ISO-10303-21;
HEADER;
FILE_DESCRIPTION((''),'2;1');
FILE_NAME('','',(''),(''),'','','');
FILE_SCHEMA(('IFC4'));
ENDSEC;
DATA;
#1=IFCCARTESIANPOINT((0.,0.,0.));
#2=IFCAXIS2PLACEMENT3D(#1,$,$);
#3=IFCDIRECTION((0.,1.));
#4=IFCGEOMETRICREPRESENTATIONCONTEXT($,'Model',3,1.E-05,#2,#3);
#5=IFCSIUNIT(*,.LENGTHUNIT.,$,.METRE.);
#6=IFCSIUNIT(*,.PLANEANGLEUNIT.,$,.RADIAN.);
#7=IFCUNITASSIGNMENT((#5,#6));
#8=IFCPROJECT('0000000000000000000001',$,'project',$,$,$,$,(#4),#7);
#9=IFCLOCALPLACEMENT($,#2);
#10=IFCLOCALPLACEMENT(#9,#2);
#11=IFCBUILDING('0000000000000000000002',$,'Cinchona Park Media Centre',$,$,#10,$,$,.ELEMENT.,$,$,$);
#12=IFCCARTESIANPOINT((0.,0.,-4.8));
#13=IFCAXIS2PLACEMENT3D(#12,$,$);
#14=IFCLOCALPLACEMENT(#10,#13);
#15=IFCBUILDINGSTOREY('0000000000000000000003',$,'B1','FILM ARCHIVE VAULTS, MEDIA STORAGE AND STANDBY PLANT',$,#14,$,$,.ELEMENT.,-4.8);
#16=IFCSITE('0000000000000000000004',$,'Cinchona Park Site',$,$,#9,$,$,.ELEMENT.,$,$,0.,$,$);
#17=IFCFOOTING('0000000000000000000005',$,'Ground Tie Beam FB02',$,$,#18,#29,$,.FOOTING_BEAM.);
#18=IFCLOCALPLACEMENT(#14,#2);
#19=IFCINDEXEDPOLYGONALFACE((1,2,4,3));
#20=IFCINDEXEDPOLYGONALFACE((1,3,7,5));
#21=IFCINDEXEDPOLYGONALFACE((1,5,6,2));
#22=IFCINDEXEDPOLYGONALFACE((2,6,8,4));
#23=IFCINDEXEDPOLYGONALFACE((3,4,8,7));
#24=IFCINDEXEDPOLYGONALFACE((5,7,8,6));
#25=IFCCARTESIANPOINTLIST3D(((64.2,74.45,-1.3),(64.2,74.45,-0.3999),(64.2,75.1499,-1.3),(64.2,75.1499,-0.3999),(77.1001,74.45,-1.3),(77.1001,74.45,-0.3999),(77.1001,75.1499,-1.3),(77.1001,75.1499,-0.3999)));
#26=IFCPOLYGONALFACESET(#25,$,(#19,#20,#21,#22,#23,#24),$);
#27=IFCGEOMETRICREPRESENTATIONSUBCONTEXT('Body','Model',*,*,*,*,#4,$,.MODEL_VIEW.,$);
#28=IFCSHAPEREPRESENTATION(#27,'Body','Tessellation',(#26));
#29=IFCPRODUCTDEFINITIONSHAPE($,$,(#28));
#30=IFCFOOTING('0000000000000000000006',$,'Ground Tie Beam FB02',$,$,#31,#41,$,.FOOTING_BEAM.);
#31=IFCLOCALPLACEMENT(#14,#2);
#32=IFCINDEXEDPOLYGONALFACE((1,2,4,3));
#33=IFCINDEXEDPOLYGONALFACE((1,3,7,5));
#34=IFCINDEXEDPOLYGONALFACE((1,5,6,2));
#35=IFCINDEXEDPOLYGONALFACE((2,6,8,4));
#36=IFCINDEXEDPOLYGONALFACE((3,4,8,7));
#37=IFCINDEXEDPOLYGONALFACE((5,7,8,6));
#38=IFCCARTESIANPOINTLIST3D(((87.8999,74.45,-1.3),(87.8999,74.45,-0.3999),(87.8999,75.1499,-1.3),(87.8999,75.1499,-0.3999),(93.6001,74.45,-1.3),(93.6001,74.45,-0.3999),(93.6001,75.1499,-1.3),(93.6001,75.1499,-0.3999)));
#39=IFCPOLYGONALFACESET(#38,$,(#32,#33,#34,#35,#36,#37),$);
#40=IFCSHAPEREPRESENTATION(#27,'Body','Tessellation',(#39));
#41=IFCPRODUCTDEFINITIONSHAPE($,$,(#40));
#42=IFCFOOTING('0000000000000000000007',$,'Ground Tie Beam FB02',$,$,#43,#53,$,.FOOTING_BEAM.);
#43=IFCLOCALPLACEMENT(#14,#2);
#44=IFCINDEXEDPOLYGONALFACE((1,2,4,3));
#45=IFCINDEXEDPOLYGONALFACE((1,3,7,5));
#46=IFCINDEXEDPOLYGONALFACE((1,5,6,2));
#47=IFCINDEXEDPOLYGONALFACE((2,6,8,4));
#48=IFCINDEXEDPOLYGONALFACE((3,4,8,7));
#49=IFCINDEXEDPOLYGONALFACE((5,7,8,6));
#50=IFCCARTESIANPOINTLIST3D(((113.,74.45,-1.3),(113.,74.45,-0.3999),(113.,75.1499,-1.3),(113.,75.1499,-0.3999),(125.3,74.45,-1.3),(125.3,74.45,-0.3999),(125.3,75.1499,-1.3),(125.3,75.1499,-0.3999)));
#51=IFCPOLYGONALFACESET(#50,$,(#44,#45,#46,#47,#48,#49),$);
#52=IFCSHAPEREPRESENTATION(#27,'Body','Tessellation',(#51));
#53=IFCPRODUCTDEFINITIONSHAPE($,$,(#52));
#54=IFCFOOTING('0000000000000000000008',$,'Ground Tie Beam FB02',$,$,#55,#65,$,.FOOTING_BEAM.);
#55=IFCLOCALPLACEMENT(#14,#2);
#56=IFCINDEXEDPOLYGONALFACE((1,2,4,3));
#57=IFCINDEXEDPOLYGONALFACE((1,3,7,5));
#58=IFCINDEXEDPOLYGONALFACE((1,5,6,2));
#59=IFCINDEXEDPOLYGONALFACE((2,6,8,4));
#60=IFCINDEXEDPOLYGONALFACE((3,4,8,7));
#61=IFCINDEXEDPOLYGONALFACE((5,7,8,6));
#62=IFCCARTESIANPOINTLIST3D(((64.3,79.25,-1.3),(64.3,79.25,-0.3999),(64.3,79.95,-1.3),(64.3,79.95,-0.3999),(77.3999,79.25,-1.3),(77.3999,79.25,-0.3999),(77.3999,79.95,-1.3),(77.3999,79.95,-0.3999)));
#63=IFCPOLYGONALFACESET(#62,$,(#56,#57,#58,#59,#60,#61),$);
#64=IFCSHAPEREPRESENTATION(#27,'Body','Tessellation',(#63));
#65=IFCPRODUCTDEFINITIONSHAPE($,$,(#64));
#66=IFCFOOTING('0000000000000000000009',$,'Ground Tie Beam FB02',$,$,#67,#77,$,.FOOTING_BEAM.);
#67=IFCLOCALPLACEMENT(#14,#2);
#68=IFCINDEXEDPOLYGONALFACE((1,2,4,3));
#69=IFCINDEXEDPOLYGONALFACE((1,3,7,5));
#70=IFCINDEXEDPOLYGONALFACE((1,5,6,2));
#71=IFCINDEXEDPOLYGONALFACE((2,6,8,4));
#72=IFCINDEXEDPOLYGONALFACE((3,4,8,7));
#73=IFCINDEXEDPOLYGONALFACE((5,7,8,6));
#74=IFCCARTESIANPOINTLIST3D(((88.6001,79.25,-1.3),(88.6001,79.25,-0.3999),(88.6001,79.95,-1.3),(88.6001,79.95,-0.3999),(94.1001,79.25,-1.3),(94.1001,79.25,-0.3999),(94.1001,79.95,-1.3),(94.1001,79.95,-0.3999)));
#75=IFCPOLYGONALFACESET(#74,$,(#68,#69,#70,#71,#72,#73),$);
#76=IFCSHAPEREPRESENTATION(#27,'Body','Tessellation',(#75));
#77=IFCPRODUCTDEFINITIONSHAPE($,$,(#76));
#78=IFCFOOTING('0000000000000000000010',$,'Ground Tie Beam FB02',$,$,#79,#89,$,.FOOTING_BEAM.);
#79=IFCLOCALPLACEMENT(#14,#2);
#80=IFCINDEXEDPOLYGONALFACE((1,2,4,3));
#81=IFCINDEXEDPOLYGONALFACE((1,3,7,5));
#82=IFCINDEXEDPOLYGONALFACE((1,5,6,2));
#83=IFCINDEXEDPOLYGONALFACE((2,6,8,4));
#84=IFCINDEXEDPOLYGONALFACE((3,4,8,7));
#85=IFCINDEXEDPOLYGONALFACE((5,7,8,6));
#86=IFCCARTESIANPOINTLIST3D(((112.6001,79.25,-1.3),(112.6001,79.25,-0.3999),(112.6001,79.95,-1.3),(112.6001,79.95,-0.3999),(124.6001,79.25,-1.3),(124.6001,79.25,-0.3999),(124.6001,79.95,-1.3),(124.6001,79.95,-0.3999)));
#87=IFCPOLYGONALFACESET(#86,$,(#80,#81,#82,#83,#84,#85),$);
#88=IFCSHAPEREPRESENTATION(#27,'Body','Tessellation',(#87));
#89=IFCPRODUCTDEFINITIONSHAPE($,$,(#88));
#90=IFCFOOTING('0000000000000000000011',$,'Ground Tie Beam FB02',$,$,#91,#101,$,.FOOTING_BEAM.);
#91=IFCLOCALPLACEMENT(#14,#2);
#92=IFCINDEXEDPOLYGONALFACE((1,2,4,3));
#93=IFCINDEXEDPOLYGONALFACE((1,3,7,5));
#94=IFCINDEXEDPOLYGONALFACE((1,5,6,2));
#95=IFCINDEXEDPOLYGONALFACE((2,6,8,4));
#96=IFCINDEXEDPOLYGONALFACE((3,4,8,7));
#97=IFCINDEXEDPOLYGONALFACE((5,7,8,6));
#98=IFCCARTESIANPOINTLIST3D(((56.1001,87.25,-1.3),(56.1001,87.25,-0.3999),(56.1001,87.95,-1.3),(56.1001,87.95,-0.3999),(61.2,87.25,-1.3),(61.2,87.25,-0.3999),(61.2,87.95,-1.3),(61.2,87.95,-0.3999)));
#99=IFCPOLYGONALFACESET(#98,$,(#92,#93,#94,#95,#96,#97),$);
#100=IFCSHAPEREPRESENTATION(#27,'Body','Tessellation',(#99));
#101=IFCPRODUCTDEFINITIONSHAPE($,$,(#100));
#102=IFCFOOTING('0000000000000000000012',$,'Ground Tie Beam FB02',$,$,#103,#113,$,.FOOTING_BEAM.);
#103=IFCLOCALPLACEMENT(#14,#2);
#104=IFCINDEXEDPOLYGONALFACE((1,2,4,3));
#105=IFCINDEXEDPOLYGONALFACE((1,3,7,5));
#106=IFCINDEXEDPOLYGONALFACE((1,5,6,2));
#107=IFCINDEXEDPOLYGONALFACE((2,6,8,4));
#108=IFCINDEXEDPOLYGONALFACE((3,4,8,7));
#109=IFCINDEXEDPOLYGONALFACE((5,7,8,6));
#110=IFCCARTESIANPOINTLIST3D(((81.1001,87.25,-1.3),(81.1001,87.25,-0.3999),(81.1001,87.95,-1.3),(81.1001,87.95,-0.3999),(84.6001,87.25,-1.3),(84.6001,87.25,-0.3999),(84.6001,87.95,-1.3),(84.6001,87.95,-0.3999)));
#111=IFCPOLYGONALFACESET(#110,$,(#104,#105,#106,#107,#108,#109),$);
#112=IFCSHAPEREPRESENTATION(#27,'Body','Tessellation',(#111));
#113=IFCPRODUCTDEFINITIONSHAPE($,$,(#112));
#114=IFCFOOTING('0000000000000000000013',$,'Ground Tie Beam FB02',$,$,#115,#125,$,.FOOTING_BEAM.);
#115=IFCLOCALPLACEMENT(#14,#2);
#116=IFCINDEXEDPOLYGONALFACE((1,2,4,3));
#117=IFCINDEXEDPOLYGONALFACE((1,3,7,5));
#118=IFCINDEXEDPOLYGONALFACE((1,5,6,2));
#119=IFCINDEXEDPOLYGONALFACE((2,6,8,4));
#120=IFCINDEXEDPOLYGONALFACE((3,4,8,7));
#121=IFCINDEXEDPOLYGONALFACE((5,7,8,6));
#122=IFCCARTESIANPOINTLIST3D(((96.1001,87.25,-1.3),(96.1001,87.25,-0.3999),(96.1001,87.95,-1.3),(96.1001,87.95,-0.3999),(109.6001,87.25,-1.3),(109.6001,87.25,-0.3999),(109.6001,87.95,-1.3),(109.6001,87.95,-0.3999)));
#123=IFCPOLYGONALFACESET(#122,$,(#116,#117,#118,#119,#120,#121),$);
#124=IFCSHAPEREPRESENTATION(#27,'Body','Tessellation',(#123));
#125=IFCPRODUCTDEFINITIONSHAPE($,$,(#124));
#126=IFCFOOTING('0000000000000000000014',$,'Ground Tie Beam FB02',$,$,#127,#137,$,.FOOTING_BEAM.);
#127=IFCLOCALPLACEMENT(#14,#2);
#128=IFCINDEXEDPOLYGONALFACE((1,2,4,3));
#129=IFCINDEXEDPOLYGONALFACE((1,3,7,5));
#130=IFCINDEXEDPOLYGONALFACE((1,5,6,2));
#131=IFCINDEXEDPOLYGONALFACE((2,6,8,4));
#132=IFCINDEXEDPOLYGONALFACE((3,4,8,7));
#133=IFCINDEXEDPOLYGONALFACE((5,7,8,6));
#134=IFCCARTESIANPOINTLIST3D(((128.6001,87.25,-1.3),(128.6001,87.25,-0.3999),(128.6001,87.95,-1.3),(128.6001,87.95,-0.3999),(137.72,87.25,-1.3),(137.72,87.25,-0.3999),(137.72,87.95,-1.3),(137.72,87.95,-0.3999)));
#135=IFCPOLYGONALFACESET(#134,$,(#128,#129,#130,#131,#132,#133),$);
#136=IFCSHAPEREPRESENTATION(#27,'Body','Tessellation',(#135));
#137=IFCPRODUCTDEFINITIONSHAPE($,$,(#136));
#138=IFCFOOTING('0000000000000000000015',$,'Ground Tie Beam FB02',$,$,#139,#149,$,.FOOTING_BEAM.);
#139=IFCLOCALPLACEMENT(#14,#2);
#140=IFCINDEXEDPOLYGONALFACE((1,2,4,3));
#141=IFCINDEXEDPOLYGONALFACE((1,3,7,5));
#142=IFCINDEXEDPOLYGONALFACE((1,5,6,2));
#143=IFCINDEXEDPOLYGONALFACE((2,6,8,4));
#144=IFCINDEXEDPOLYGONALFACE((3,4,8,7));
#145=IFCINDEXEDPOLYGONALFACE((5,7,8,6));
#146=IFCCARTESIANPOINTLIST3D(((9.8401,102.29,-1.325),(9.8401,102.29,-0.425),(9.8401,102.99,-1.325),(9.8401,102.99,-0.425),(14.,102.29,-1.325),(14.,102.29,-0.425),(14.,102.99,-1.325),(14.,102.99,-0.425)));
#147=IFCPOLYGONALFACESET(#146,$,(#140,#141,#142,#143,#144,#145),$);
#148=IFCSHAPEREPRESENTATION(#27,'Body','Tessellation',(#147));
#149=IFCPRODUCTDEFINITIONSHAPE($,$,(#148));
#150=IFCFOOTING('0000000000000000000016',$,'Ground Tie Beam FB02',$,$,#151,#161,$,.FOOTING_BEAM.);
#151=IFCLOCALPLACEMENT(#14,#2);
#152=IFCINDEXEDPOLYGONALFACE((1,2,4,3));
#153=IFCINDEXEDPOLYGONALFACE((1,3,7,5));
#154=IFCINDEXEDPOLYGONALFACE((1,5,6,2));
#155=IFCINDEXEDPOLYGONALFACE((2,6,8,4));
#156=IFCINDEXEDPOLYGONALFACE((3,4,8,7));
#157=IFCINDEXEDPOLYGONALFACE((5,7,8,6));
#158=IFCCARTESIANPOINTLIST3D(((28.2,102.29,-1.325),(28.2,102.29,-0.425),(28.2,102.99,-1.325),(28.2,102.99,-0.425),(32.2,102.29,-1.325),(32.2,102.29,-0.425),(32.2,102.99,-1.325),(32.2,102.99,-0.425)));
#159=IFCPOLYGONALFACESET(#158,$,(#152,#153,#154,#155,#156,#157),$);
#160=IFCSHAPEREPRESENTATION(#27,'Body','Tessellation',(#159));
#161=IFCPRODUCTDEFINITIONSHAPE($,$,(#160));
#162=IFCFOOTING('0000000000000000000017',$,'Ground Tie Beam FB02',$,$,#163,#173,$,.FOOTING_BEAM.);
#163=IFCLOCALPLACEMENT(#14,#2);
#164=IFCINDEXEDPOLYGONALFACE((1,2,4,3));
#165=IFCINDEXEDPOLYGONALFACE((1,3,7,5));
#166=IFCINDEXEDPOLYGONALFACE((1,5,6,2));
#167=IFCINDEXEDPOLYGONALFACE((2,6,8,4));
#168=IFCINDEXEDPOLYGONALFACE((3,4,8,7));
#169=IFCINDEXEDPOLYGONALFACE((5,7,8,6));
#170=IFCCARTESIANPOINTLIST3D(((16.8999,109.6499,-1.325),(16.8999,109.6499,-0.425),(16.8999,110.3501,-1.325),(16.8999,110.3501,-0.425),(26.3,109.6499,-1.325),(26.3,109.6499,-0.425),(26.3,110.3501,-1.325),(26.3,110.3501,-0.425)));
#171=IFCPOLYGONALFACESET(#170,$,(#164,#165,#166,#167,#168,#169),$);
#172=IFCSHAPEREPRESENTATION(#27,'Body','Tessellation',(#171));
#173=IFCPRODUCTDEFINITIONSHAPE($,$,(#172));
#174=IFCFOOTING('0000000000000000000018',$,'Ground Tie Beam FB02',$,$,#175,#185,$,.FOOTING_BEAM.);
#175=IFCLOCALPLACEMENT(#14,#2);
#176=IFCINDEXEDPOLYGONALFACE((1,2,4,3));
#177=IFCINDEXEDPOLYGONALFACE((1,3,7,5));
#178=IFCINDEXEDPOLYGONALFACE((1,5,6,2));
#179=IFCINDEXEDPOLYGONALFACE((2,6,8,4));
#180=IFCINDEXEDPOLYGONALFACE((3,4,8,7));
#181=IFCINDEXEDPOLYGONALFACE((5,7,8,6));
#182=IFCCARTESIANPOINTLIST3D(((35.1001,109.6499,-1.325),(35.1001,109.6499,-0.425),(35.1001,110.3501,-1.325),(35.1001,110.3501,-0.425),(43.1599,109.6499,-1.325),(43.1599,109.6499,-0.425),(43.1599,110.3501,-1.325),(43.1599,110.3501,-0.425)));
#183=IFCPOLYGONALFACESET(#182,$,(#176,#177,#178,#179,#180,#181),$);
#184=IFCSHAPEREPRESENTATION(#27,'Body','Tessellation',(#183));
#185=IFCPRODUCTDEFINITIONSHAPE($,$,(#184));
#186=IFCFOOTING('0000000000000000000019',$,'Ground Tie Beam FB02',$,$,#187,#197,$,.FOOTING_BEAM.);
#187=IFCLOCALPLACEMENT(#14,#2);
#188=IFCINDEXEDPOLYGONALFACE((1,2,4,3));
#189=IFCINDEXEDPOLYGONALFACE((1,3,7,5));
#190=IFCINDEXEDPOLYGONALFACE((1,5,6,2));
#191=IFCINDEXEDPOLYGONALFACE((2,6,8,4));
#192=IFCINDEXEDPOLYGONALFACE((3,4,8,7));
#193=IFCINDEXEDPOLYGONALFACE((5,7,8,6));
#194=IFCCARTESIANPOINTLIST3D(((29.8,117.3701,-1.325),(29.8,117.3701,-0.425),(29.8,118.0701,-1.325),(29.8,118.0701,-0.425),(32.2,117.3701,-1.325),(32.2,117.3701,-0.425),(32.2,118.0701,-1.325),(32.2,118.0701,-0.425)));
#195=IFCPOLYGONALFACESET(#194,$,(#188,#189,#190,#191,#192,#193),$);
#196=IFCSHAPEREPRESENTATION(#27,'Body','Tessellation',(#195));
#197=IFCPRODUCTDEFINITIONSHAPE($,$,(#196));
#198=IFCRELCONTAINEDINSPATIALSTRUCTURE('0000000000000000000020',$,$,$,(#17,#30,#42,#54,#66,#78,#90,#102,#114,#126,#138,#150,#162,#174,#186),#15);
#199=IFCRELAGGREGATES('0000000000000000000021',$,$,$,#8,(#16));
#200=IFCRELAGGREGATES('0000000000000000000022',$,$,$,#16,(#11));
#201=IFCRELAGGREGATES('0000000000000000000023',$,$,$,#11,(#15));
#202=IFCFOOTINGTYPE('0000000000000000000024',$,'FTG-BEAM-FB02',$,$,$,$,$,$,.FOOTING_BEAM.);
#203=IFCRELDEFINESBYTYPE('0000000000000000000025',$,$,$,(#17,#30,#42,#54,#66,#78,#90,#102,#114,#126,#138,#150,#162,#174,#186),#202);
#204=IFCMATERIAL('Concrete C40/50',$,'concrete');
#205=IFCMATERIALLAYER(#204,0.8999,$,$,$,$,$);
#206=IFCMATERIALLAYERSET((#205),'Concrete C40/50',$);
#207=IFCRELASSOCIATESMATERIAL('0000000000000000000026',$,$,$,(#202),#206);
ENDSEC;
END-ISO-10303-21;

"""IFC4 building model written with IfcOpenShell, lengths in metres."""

from ifc_helpers import new_model, si_unit, direction, frame, origin, place, context, subcontext, project, spatial, polyline, outline, extrude, material, layer, layer_set, type_object, element, save


model = new_model("IFC4")

# Units and contexts
model_context = context("Model", 3, precision=1e-05, world=origin(), true_north=direction((0.0, 1.0)))
body_context = subcontext(model_context, "Body", "Model", "MODEL_VIEW")
ifc_project = project(units=[si_unit("LENGTHUNIT", "METRE"), si_unit("PLANEANGLEUNIT", "RADIAN")], contexts=[model_context])

# Site, building, storey
site_placement = place(None, origin())
site = spatial("IfcSite", under=ifc_project, at=site_placement, Name="Cinchona Park Site", CompositionType="ELEMENT", RefElevation=0.0)
building_placement = place(site_placement, origin())
building = spatial("IfcBuilding", under=site, at=building_placement, Name="Cinchona Park Media Centre", CompositionType="ELEMENT")
storey_placement = place(building_placement, frame((0.0, 0.0, -4.8)))
storey = spatial("IfcBuildingStorey", under=building, at=storey_placement, Name="B1", Description="FILM ARCHIVE VAULTS, MEDIA STORAGE AND STANDBY PLANT", CompositionType="ELEMENT", Elevation=-4.8)

# Footings
ifc_material = material(Name="Concrete C40/50", Category="concrete")
ifc_layer = layer(ifc_material, 0.8999)
ifc_layer_set = layer_set([ifc_layer], Name="Concrete C40/50")
footing_type = type_object("IfcFootingType", Name="FTG-BEAM-FB02", PredefinedType="FOOTING_BEAM", material=ifc_layer_set)
footing_1_placement = place(storey_placement, frame((0.0, 0.0, -1.3)))
element("IfcFooting", 1, at=footing_1_placement, inside=storey, type_object=footing_type, Name="Ground Tie Beam FB02", PredefinedType="FOOTING_BEAM", context=body_context, shape_type="SweptSolid", body=[
    extrude(outline(polyline([(64.2, 74.45), (77.1001, 74.45), (77.1001, 75.1499), (64.2, 75.1499), (64.2, 74.45)])), origin(), (0.0, 0.0, 1.0), 0.9001),
])
footing_2_placement = place(storey_placement, frame((0.0, 0.0, -1.3)))
element("IfcFooting", 2, at=footing_2_placement, inside=storey, type_object=footing_type, Name="Ground Tie Beam FB02", PredefinedType="FOOTING_BEAM", context=body_context, shape_type="SweptSolid", body=[
    extrude(outline(polyline([(87.8999, 74.45), (93.6001, 74.45), (93.6001, 75.1499), (87.8999, 75.1499), (87.8999, 74.45)])), origin(), (0.0, 0.0, 1.0), 0.9001),
])
footing_3_placement = place(storey_placement, frame((0.0, 0.0, -1.3)))
element("IfcFooting", 3, at=footing_3_placement, inside=storey, type_object=footing_type, Name="Ground Tie Beam FB02", PredefinedType="FOOTING_BEAM", context=body_context, shape_type="SweptSolid", body=[
    extrude(outline(polyline([(113.0, 74.45), (125.3, 74.45), (125.3, 75.1499), (113.0, 75.1499), (113.0, 74.45)])), origin(), (0.0, 0.0, 1.0), 0.9001),
])
footing_4_placement = place(storey_placement, frame((0.0, 0.0, -1.3)))
element("IfcFooting", 4, at=footing_4_placement, inside=storey, type_object=footing_type, Name="Ground Tie Beam FB02", PredefinedType="FOOTING_BEAM", context=body_context, shape_type="SweptSolid", body=[
    extrude(outline(polyline([(64.3, 79.25), (77.3999, 79.25), (77.3999, 79.95), (64.3, 79.95), (64.3, 79.25)])), origin(), (0.0, 0.0, 1.0), 0.9001),
])
footing_5_placement = place(storey_placement, frame((0.0, 0.0, -1.3)))
element("IfcFooting", 5, at=footing_5_placement, inside=storey, type_object=footing_type, Name="Ground Tie Beam FB02", PredefinedType="FOOTING_BEAM", context=body_context, shape_type="SweptSolid", body=[
    extrude(outline(polyline([(88.6001, 79.25), (94.1001, 79.25), (94.1001, 79.95), (88.6001, 79.95), (88.6001, 79.25)])), origin(), (0.0, 0.0, 1.0), 0.9001),
])
footing_6_placement = place(storey_placement, frame((0.0, 0.0, -1.3)))
element("IfcFooting", 6, at=footing_6_placement, inside=storey, type_object=footing_type, Name="Ground Tie Beam FB02", PredefinedType="FOOTING_BEAM", context=body_context, shape_type="SweptSolid", body=[
    extrude(outline(polyline([(112.6001, 79.25), (124.6001, 79.25), (124.6001, 79.95), (112.6001, 79.95), (112.6001, 79.25)])), origin(), (0.0, 0.0, 1.0), 0.9001),
])
footing_7_placement = place(storey_placement, frame((0.0, 0.0, -1.3)))
element("IfcFooting", 7, at=footing_7_placement, inside=storey, type_object=footing_type, Name="Ground Tie Beam FB02", PredefinedType="FOOTING_BEAM", context=body_context, shape_type="SweptSolid", body=[
    extrude(outline(polyline([(56.1001, 87.25), (61.2, 87.25), (61.2, 87.95), (56.1001, 87.95), (56.1001, 87.25)])), origin(), (0.0, 0.0, 1.0), 0.9001),
])
footing_8_placement = place(storey_placement, frame((0.0, 0.0, -1.3)))
element("IfcFooting", 8, at=footing_8_placement, inside=storey, type_object=footing_type, Name="Ground Tie Beam FB02", PredefinedType="FOOTING_BEAM", context=body_context, shape_type="SweptSolid", body=[
    extrude(outline(polyline([(81.1001, 87.25), (84.6001, 87.25), (84.6001, 87.95), (81.1001, 87.95), (81.1001, 87.25)])), origin(), (0.0, 0.0, 1.0), 0.9001),
])
footing_9_placement = place(storey_placement, frame((0.0, 0.0, -1.3)))
element("IfcFooting", 9, at=footing_9_placement, inside=storey, type_object=footing_type, Name="Ground Tie Beam FB02", PredefinedType="FOOTING_BEAM", context=body_context, shape_type="SweptSolid", body=[
    extrude(outline(polyline([(96.1001, 87.25), (109.6001, 87.25), (109.6001, 87.95), (96.1001, 87.95), (96.1001, 87.25)])), origin(), (0.0, 0.0, 1.0), 0.9001),
])
footing_10_placement = place(storey_placement, frame((0.0, 0.0, -1.3)))
element("IfcFooting", 10, at=footing_10_placement, inside=storey, type_object=footing_type, Name="Ground Tie Beam FB02", PredefinedType="FOOTING_BEAM", context=body_context, shape_type="SweptSolid", body=[
    extrude(outline(polyline([(128.6001, 87.25), (137.72, 87.25), (137.72, 87.95), (128.6001, 87.95), (128.6001, 87.25)])), origin(), (0.0, 0.0, 1.0), 0.9001),
])
footing_11_placement = place(storey_placement, frame((0.0, 0.0, -1.325)))
element("IfcFooting", 11, at=footing_11_placement, inside=storey, type_object=footing_type, Name="Ground Tie Beam FB02", PredefinedType="FOOTING_BEAM", context=body_context, shape_type="SweptSolid", body=[
    extrude(outline(polyline([(9.8401, 102.29), (14.0, 102.29), (14.0, 102.99), (9.8401, 102.99), (9.8401, 102.29)])), origin(), (0.0, 0.0, 1.0), 0.8999),
])
footing_12_placement = place(storey_placement, frame((0.0, 0.0, -1.325)))
element("IfcFooting", 12, at=footing_12_placement, inside=storey, type_object=footing_type, Name="Ground Tie Beam FB02", PredefinedType="FOOTING_BEAM", context=body_context, shape_type="SweptSolid", body=[
    extrude(outline(polyline([(28.2, 102.29), (32.2, 102.29), (32.2, 102.99), (28.2, 102.99), (28.2, 102.29)])), origin(), (0.0, 0.0, 1.0), 0.8999),
])
footing_13_placement = place(storey_placement, frame((0.0, 0.0, -1.325)))
element("IfcFooting", 13, at=footing_13_placement, inside=storey, type_object=footing_type, Name="Ground Tie Beam FB02", PredefinedType="FOOTING_BEAM", context=body_context, shape_type="SweptSolid", body=[
    extrude(outline(polyline([(16.8999, 109.6499), (26.3, 109.6499), (26.3, 110.3501), (16.8999, 110.3501), (16.8999, 109.6499)])), origin(), (0.0, 0.0, 1.0), 0.8999),
])
footing_14_placement = place(storey_placement, frame((0.0, 0.0, -1.325)))
element("IfcFooting", 14, at=footing_14_placement, inside=storey, type_object=footing_type, Name="Ground Tie Beam FB02", PredefinedType="FOOTING_BEAM", context=body_context, shape_type="SweptSolid", body=[
    extrude(outline(polyline([(35.1001, 109.6499), (43.1599, 109.6499), (43.1599, 110.3501), (35.1001, 110.3501), (35.1001, 109.6499)])), origin(), (0.0, 0.0, 1.0), 0.8999),
])
footing_15_placement = place(storey_placement, frame((0.0, 0.0, -1.325)))
element("IfcFooting", 15, at=footing_15_placement, inside=storey, type_object=footing_type, Name="Ground Tie Beam FB02", PredefinedType="FOOTING_BEAM", context=body_context, shape_type="SweptSolid", body=[
    extrude(outline(polyline([(29.8, 117.3701), (32.2, 117.3701), (32.2, 118.0701), (29.8, 118.0701), (29.8, 117.3701)])), origin(), (0.0, 0.0, 1.0), 0.8999),
])

save(model, "model.ifc")
